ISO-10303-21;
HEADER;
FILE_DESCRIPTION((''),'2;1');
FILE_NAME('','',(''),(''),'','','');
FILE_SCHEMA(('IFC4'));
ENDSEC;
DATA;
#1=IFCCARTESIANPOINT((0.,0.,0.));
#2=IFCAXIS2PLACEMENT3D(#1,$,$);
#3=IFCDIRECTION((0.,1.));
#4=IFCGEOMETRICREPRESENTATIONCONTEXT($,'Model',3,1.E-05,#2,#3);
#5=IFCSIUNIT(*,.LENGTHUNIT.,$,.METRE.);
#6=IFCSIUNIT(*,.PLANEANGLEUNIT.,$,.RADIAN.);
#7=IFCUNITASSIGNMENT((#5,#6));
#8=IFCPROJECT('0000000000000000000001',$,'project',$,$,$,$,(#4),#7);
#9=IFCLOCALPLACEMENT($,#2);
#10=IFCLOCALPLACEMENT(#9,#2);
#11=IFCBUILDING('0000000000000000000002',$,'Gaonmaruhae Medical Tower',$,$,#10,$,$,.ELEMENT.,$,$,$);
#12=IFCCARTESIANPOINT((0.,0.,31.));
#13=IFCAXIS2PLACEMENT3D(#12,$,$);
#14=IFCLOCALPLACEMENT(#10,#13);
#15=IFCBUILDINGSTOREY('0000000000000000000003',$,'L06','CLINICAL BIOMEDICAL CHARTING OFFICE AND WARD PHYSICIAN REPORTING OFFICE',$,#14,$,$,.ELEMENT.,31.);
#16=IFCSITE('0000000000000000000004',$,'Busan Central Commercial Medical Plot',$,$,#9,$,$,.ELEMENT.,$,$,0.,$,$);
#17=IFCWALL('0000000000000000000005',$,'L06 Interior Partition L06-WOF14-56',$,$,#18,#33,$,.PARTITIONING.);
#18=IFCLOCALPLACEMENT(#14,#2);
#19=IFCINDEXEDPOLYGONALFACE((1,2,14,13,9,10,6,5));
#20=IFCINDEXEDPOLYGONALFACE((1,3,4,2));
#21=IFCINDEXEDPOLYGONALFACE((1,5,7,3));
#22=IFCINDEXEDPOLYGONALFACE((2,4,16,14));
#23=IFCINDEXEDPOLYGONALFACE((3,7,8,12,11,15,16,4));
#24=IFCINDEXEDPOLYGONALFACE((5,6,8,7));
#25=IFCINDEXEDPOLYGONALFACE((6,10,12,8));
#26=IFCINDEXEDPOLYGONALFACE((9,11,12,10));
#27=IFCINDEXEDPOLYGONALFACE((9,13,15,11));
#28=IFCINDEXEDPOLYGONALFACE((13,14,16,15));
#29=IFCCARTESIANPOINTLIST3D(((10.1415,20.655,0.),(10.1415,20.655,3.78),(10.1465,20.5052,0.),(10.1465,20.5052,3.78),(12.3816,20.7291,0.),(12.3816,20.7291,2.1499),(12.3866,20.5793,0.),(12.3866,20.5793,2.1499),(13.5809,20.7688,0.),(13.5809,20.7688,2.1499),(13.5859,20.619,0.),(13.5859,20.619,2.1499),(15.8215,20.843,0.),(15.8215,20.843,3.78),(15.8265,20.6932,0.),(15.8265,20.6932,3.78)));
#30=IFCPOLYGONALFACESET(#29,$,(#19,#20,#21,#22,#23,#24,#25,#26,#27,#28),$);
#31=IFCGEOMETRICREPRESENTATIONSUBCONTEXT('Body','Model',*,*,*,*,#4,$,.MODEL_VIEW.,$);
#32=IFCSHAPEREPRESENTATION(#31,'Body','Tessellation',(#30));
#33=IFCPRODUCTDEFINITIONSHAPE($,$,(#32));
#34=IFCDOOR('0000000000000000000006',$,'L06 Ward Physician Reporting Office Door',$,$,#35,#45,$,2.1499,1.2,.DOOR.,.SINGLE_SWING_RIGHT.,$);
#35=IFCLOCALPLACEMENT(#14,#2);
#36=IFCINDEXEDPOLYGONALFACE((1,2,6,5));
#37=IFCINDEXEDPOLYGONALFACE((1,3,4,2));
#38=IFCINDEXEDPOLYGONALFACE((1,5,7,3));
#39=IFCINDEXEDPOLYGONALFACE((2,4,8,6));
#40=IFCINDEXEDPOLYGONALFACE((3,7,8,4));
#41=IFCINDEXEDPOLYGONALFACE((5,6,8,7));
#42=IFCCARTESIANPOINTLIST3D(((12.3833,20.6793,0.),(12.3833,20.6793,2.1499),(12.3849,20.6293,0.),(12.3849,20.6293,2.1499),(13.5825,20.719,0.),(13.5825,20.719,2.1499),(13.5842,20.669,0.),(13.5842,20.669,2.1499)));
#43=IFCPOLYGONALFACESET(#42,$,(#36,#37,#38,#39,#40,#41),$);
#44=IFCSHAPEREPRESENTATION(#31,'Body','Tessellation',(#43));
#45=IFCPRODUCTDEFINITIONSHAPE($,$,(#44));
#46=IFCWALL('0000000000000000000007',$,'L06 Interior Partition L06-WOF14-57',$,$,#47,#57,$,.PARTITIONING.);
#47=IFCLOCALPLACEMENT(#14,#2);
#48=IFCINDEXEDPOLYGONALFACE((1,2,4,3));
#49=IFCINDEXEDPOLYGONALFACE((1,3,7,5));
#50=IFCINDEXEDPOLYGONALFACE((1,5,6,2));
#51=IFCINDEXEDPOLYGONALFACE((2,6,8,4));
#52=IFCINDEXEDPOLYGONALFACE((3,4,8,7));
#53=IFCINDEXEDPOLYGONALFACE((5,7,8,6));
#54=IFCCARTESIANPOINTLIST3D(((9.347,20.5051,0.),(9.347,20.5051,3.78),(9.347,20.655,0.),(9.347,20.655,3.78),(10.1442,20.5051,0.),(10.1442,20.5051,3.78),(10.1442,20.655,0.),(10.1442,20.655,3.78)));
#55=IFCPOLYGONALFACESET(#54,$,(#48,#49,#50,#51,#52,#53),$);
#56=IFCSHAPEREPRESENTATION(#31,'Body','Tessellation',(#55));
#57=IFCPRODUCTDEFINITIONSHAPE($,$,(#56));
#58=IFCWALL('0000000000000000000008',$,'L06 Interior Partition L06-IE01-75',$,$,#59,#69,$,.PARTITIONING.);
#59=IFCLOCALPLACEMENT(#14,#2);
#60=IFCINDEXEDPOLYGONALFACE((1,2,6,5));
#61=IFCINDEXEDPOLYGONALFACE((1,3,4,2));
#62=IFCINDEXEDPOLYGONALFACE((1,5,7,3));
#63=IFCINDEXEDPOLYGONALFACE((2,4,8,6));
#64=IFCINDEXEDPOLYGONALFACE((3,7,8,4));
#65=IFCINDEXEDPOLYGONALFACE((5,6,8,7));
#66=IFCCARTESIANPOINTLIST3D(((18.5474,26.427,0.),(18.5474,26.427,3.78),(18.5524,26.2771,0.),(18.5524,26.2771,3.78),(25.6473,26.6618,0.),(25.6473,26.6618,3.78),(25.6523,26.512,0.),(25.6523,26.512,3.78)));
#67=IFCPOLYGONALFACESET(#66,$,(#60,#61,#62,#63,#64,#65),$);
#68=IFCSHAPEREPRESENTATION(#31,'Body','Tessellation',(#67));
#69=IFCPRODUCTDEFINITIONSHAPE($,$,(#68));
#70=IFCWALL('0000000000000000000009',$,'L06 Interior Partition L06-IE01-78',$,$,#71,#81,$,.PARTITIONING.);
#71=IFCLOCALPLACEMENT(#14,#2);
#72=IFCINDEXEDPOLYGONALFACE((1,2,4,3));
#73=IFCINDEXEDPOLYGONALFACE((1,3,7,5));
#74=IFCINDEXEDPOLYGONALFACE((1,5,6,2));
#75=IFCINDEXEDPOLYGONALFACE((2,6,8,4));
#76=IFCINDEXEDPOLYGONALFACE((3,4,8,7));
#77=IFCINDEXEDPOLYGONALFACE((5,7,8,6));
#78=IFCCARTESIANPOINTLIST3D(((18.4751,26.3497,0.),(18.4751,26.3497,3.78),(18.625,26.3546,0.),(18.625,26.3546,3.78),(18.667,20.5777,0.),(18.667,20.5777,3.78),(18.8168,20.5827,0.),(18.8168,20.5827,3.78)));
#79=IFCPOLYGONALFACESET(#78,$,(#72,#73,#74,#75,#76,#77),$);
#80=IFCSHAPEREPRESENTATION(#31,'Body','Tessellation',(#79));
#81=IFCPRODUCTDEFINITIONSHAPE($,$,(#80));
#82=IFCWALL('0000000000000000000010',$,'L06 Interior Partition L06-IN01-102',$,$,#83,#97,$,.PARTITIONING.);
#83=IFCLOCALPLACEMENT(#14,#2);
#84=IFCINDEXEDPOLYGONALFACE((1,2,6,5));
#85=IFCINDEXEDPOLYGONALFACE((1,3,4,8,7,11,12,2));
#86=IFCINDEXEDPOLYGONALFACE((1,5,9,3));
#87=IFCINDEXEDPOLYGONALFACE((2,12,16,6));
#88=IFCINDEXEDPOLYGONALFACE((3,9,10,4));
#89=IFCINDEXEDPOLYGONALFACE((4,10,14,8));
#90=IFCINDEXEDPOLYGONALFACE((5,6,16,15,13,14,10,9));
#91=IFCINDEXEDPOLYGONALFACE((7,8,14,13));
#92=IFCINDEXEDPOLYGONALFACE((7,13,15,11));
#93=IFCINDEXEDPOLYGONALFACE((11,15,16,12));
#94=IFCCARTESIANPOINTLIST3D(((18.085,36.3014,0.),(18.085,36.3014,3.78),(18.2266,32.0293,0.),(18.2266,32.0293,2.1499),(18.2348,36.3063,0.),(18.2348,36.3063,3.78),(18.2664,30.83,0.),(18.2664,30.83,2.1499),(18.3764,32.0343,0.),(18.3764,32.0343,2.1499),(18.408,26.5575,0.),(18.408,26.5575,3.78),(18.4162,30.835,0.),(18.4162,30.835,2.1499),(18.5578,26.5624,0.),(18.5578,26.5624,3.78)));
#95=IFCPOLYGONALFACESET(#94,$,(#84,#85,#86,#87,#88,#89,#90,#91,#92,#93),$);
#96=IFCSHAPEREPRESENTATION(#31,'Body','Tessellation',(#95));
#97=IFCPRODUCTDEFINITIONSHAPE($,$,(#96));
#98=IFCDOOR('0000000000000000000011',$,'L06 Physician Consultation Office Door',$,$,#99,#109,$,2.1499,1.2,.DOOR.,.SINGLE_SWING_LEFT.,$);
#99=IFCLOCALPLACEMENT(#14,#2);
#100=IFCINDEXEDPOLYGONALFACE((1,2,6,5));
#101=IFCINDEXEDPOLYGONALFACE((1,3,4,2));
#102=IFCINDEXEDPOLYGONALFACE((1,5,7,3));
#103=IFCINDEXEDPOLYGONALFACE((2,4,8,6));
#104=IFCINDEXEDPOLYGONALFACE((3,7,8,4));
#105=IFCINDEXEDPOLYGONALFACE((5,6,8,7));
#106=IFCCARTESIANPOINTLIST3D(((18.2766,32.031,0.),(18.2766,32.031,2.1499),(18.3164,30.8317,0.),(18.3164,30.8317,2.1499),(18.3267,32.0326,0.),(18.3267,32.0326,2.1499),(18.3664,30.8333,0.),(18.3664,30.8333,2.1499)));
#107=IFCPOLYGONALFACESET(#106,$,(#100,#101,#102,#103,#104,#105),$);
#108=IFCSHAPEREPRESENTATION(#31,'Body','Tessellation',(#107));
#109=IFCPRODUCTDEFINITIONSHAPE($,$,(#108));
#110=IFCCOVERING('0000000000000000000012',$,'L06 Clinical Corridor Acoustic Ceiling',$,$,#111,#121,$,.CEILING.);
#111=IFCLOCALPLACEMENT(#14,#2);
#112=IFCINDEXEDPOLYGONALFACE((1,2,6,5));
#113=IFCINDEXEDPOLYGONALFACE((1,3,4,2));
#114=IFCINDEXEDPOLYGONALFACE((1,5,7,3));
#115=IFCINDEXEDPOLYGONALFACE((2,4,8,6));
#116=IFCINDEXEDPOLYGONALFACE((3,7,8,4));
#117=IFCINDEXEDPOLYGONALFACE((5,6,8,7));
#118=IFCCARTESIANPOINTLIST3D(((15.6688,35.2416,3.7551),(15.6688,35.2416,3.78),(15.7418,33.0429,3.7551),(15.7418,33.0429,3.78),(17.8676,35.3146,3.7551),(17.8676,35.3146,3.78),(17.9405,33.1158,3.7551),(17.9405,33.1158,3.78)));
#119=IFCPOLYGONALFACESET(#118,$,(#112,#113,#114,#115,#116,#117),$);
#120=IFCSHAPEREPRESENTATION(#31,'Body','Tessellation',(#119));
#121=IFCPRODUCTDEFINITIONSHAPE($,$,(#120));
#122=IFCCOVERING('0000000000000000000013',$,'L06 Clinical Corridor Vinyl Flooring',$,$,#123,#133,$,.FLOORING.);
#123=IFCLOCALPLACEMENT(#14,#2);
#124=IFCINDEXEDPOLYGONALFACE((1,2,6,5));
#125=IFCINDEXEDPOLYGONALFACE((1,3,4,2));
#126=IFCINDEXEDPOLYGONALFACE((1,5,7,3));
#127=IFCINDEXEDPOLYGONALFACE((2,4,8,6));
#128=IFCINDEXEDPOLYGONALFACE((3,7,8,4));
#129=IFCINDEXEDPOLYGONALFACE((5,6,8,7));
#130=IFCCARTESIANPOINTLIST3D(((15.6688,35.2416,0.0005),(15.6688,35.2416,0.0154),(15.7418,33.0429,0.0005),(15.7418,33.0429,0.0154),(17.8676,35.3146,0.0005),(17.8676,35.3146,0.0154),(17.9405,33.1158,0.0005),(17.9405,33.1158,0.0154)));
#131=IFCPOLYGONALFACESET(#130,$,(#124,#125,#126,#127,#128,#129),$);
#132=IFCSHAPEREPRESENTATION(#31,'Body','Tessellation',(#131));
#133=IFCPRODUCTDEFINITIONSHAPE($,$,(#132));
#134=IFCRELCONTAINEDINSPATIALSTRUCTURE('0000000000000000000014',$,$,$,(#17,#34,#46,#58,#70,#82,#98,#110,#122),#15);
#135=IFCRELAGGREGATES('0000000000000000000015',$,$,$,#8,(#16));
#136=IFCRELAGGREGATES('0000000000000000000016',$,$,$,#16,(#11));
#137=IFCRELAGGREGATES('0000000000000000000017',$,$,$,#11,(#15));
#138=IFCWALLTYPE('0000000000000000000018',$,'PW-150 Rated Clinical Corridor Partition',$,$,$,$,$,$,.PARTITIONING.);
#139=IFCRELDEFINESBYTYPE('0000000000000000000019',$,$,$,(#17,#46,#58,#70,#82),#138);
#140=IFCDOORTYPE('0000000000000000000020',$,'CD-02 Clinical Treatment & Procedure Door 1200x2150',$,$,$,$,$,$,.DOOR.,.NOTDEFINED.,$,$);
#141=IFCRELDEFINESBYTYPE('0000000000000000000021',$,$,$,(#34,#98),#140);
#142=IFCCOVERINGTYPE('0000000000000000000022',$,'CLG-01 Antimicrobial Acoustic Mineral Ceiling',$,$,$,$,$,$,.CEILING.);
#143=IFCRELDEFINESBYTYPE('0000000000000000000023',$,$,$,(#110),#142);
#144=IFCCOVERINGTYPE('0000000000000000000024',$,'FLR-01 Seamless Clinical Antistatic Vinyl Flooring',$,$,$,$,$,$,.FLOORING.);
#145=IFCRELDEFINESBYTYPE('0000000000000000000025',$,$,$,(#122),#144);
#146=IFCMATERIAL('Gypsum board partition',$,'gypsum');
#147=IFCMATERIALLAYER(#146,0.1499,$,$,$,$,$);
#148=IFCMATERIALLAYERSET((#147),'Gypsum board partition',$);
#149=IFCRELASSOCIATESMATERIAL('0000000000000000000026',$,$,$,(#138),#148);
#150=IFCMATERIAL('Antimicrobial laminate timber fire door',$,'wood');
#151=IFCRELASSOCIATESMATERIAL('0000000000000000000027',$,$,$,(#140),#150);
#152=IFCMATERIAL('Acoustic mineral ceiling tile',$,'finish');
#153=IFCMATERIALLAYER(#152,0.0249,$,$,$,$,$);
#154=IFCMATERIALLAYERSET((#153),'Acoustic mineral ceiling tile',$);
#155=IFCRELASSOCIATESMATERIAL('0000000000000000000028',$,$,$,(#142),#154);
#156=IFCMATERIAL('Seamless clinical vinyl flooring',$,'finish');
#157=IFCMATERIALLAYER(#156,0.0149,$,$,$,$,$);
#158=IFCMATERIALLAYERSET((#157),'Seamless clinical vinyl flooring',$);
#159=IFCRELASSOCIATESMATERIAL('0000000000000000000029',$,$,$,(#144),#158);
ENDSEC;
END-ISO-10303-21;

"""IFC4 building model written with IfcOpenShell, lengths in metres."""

from ifc_helpers import new_model, si_unit, direction, frame, frame_2d, origin, origin_2d, place, context, subcontext, project, spatial, rectangle, extrude, material, layer, layer_set, type_object, element, fill, save


model = new_model("IFC4")

# Units and contexts
model_context = context("Model", 3, precision=1e-05, world=origin(), true_north=direction((0.0, 1.0)))
body_context = subcontext(model_context, "Body", "Model", "MODEL_VIEW")
ifc_project = project(units=[si_unit("LENGTHUNIT", "METRE"), si_unit("PLANEANGLEUNIT", "RADIAN")], contexts=[model_context])

# Site, building, storey
site_placement = place(None, origin())
site = spatial("IfcSite", under=ifc_project, at=site_placement, Name="Busan Central Commercial Medical Plot", CompositionType="ELEMENT", RefElevation=0.0)
building_placement = place(site_placement, origin())
building = spatial("IfcBuilding", under=site, at=building_placement, Name="Gaonmaruhae Medical Tower", CompositionType="ELEMENT")
storey_placement = place(building_placement, frame((0.0, 0.0, 31.0)))
storey = spatial("IfcBuildingStorey", under=building, at=storey_placement, Name="L06", Description="CLINICAL BIOMEDICAL CHARTING OFFICE AND WARD PHYSICIAN REPORTING OFFICE", CompositionType="ELEMENT", Elevation=31.0)

# Shared definitions
ifc_material_1 = material(Name="Gypsum board partition", Category="gypsum")
ifc_layer_1 = layer(ifc_material_1, 0.1499)
ifc_layer_set_1 = layer_set([ifc_layer_1], Name="Gypsum board partition")
wall_type_1 = type_object("IfcWallType", Name="PW-150 Rated Clinical Corridor Partition", PredefinedType="PARTITIONING", material=ifc_layer_set_1)

# Wall, opening, door
wall_1_placement = place(storey_placement, frame((15.824, 20.7681, 0.0), z_axis=(0.0, 0.0, 1.0), x_axis=(-0.999453, -0.033079, 0.0)))
wall_1 = element("IfcWall", 1, at=wall_1_placement, inside=storey, type_object=wall_type_1, Name="L06 Interior Partition L06-WOF14-56", PredefinedType="PARTITIONING", context=body_context, shape_type="SweptSolid", body=[
    extrude(rectangle(XDim=5.6831, YDim=0.1499, at=frame_2d((2.8416, 0.0))), origin(), (0.0, 0.0, 1.0), 3.78),
])
opening_1_placement = place(wall_1_placement, frame((2.2417, 0.0, 0.0)))
opening_1 = element("IfcOpeningElement", 2, at=opening_1_placement, cuts=wall_1, PredefinedType="OPENING", context=body_context, shape_type="SweptSolid", body=[
    extrude(rectangle(XDim=1.2, YDim=2.1499, at=frame_2d((0.6001, 1.075))), frame((0.0, 0.085, 0.0), z_axis=(0.0, -1.0, 0.0), x_axis=(1.0, 0.0, 0.0)), (0.0, 0.0, 1.0), 0.1699),
])
ifc_material_2 = material(Name="Antimicrobial laminate timber fire door", Category="wood")
door_type = type_object("IfcDoorType", Name="CD-02 Clinical Treatment & Procedure Door 1200x2150", OperationType="NOTDEFINED", PredefinedType="DOOR", material=ifc_material_2)
door_1_placement = place(opening_1_placement, origin())
door_1 = element("IfcDoor", 3, at=door_1_placement, inside=storey, type_object=door_type, Name="L06 Ward Physician Reporting Office Door", OperationType="SINGLE_SWING_RIGHT", OverallHeight=2.1499, OverallWidth=1.2, PredefinedType="DOOR", context=body_context, shape_type="SweptSolid", body=[
    extrude(rectangle(XDim=1.2, YDim=2.1499, at=frame_2d((0.6001, 1.075))), frame((0.0, 0.0249, 0.0), z_axis=(0.0, -1.0, 0.0), x_axis=(1.0, 0.0, 0.0)), (0.0, 0.0, 1.0), 0.05),
])
fill(opening_1, door_1)

# Wall
wall_2_placement = place(storey_placement, frame((10.144, 20.5801, 0.0), z_axis=(0.0, 0.0, 1.0), x_axis=(-1.0, 0.0, 0.0)))
element("IfcWall", 4, at=wall_2_placement, inside=storey, type_object=wall_type_1, Name="L06 Interior Partition L06-WOF14-57", PredefinedType="PARTITIONING", context=body_context, shape_type="SweptSolid", body=[
    extrude(rectangle(XDim=0.7971, YDim=0.1499, at=frame_2d((0.3984, 0.0))), origin(), (0.0, 0.0, 1.0), 3.78),
])

# Walls
wall_3_placement = place(storey_placement, frame((18.55, 26.3521, 0.0), z_axis=(0.0, 0.0, 1.0), x_axis=(0.999453, 0.033062, 0.0)))
element("IfcWall", 5, at=wall_3_placement, inside=storey, type_object=wall_type_1, Name="L06 Interior Partition L06-IE01-75", PredefinedType="PARTITIONING", context=body_context, shape_type="SweptSolid", body=[
    extrude(rectangle(XDim=7.1038, YDim=0.1499, at=frame_2d((3.5518, 0.0))), origin(), (0.0, 0.0, 1.0), 3.78),
])
wall_4_placement = place(storey_placement, frame((18.7419, 20.5801, 0.0), z_axis=(0.0, 0.0, 1.0), x_axis=(-0.033228, 0.999448, 0.0)))
element("IfcWall", 6, at=wall_4_placement, inside=storey, type_object=wall_type_1, Name="L06 Interior Partition L06-IE01-78", PredefinedType="PARTITIONING", context=body_context, shape_type="SweptSolid", body=[
    extrude(rectangle(XDim=5.7751, YDim=0.1499, at=frame_2d((2.8877, 0.0))), origin(), (0.0, 0.0, 1.0), 3.78),
])

# Wall, opening, door
wall_5_placement = place(storey_placement, frame((18.4829, 26.5601, 0.0), z_axis=(0.0, 0.0, 1.0), x_axis=(-0.033131, 0.999451, 0.0)))
wall_5 = element("IfcWall", 7, at=wall_5_placement, inside=storey, type_object=wall_type_1, Name="L06 Interior Partition L06-IN01-102", PredefinedType="PARTITIONING", context=body_context, shape_type="SweptSolid", body=[
    extrude(rectangle(XDim=9.7493, YDim=0.1499, at=frame_2d((4.8745, 0.0))), origin(), (0.0, 0.0, 1.0), 3.78),
])
opening_2_placement = place(wall_5_placement, frame((4.2747, 0.0, 0.0)))
opening_2 = element("IfcOpeningElement", 8, at=opening_2_placement, cuts=wall_5, PredefinedType="OPENING", context=body_context, shape_type="SweptSolid", body=[
    extrude(rectangle(XDim=1.2, YDim=2.1499, at=frame_2d((0.6001, 1.075))), frame((0.0, 0.085, 0.0), z_axis=(0.0, -1.0, 0.0), x_axis=(1.0, 0.0, 0.0)), (0.0, 0.0, 1.0), 0.1699),
])
door_2_placement = place(opening_2_placement, origin())
door_2 = element("IfcDoor", 9, at=door_2_placement, inside=storey, type_object=door_type, Name="L06 Physician Consultation Office Door", OperationType="SINGLE_SWING_LEFT", OverallHeight=2.1499, OverallWidth=1.2, PredefinedType="DOOR", context=body_context, shape_type="SweptSolid", body=[
    extrude(rectangle(XDim=1.2, YDim=2.1499, at=frame_2d((0.6001, 1.075))), frame((0.0, 0.0249, 0.0), z_axis=(0.0, -1.0, 0.0), x_axis=(1.0, 0.0, 0.0)), (0.0, 0.0, 1.0), 0.05),
])
fill(opening_2, door_2)

# Coverings
ifc_material_3 = material(Name="Acoustic mineral ceiling tile", Category="finish")
ifc_layer_2 = layer(ifc_material_3, 0.0249)
ifc_layer_set_2 = layer_set([ifc_layer_2], Name="Acoustic mineral ceiling tile")
covering_type_1 = type_object("IfcCoveringType", Name="CLG-01 Antimicrobial Acoustic Mineral Ceiling", PredefinedType="CEILING", material=ifc_layer_set_2)
covering_1_placement = place(storey_placement, frame((16.8047, 34.1787, 3.7551), z_axis=(0.0, 0.0, 1.0), x_axis=(0.99945, 0.033155, 0.0)))
element("IfcCovering", 10, at=covering_1_placement, inside=storey, type_object=covering_type_1, Name="L06 Clinical Corridor Acoustic Ceiling", PredefinedType="CEILING", context=body_context, shape_type="SweptSolid", body=[
    extrude(rectangle(XDim=2.2, YDim=2.2, at=origin_2d()), origin(), (0.0, 0.0, 1.0), 0.0249),
])
ifc_material_4 = material(Name="Seamless clinical vinyl flooring", Category="finish")
ifc_layer_3 = layer(ifc_material_4, 0.0149)
ifc_layer_set_3 = layer_set([ifc_layer_3], Name="Seamless clinical vinyl flooring")
covering_type_2 = type_object("IfcCoveringType", Name="FLR-01 Seamless Clinical Antistatic Vinyl Flooring", PredefinedType="FLOORING", material=ifc_layer_set_3)
covering_2_placement = place(storey_placement, frame((16.8047, 34.1787, 0.0005), z_axis=(0.0, 0.0, 1.0), x_axis=(0.99945, 0.033155, 0.0)))
element("IfcCovering", 11, at=covering_2_placement, inside=storey, type_object=covering_type_2, Name="L06 Clinical Corridor Vinyl Flooring", PredefinedType="FLOORING", context=body_context, shape_type="SweptSolid", body=[
    extrude(rectangle(XDim=2.2, YDim=2.2, at=origin_2d()), origin(), (0.0, 0.0, 1.0), 0.0149),
])

save(model, "model.ifc")
